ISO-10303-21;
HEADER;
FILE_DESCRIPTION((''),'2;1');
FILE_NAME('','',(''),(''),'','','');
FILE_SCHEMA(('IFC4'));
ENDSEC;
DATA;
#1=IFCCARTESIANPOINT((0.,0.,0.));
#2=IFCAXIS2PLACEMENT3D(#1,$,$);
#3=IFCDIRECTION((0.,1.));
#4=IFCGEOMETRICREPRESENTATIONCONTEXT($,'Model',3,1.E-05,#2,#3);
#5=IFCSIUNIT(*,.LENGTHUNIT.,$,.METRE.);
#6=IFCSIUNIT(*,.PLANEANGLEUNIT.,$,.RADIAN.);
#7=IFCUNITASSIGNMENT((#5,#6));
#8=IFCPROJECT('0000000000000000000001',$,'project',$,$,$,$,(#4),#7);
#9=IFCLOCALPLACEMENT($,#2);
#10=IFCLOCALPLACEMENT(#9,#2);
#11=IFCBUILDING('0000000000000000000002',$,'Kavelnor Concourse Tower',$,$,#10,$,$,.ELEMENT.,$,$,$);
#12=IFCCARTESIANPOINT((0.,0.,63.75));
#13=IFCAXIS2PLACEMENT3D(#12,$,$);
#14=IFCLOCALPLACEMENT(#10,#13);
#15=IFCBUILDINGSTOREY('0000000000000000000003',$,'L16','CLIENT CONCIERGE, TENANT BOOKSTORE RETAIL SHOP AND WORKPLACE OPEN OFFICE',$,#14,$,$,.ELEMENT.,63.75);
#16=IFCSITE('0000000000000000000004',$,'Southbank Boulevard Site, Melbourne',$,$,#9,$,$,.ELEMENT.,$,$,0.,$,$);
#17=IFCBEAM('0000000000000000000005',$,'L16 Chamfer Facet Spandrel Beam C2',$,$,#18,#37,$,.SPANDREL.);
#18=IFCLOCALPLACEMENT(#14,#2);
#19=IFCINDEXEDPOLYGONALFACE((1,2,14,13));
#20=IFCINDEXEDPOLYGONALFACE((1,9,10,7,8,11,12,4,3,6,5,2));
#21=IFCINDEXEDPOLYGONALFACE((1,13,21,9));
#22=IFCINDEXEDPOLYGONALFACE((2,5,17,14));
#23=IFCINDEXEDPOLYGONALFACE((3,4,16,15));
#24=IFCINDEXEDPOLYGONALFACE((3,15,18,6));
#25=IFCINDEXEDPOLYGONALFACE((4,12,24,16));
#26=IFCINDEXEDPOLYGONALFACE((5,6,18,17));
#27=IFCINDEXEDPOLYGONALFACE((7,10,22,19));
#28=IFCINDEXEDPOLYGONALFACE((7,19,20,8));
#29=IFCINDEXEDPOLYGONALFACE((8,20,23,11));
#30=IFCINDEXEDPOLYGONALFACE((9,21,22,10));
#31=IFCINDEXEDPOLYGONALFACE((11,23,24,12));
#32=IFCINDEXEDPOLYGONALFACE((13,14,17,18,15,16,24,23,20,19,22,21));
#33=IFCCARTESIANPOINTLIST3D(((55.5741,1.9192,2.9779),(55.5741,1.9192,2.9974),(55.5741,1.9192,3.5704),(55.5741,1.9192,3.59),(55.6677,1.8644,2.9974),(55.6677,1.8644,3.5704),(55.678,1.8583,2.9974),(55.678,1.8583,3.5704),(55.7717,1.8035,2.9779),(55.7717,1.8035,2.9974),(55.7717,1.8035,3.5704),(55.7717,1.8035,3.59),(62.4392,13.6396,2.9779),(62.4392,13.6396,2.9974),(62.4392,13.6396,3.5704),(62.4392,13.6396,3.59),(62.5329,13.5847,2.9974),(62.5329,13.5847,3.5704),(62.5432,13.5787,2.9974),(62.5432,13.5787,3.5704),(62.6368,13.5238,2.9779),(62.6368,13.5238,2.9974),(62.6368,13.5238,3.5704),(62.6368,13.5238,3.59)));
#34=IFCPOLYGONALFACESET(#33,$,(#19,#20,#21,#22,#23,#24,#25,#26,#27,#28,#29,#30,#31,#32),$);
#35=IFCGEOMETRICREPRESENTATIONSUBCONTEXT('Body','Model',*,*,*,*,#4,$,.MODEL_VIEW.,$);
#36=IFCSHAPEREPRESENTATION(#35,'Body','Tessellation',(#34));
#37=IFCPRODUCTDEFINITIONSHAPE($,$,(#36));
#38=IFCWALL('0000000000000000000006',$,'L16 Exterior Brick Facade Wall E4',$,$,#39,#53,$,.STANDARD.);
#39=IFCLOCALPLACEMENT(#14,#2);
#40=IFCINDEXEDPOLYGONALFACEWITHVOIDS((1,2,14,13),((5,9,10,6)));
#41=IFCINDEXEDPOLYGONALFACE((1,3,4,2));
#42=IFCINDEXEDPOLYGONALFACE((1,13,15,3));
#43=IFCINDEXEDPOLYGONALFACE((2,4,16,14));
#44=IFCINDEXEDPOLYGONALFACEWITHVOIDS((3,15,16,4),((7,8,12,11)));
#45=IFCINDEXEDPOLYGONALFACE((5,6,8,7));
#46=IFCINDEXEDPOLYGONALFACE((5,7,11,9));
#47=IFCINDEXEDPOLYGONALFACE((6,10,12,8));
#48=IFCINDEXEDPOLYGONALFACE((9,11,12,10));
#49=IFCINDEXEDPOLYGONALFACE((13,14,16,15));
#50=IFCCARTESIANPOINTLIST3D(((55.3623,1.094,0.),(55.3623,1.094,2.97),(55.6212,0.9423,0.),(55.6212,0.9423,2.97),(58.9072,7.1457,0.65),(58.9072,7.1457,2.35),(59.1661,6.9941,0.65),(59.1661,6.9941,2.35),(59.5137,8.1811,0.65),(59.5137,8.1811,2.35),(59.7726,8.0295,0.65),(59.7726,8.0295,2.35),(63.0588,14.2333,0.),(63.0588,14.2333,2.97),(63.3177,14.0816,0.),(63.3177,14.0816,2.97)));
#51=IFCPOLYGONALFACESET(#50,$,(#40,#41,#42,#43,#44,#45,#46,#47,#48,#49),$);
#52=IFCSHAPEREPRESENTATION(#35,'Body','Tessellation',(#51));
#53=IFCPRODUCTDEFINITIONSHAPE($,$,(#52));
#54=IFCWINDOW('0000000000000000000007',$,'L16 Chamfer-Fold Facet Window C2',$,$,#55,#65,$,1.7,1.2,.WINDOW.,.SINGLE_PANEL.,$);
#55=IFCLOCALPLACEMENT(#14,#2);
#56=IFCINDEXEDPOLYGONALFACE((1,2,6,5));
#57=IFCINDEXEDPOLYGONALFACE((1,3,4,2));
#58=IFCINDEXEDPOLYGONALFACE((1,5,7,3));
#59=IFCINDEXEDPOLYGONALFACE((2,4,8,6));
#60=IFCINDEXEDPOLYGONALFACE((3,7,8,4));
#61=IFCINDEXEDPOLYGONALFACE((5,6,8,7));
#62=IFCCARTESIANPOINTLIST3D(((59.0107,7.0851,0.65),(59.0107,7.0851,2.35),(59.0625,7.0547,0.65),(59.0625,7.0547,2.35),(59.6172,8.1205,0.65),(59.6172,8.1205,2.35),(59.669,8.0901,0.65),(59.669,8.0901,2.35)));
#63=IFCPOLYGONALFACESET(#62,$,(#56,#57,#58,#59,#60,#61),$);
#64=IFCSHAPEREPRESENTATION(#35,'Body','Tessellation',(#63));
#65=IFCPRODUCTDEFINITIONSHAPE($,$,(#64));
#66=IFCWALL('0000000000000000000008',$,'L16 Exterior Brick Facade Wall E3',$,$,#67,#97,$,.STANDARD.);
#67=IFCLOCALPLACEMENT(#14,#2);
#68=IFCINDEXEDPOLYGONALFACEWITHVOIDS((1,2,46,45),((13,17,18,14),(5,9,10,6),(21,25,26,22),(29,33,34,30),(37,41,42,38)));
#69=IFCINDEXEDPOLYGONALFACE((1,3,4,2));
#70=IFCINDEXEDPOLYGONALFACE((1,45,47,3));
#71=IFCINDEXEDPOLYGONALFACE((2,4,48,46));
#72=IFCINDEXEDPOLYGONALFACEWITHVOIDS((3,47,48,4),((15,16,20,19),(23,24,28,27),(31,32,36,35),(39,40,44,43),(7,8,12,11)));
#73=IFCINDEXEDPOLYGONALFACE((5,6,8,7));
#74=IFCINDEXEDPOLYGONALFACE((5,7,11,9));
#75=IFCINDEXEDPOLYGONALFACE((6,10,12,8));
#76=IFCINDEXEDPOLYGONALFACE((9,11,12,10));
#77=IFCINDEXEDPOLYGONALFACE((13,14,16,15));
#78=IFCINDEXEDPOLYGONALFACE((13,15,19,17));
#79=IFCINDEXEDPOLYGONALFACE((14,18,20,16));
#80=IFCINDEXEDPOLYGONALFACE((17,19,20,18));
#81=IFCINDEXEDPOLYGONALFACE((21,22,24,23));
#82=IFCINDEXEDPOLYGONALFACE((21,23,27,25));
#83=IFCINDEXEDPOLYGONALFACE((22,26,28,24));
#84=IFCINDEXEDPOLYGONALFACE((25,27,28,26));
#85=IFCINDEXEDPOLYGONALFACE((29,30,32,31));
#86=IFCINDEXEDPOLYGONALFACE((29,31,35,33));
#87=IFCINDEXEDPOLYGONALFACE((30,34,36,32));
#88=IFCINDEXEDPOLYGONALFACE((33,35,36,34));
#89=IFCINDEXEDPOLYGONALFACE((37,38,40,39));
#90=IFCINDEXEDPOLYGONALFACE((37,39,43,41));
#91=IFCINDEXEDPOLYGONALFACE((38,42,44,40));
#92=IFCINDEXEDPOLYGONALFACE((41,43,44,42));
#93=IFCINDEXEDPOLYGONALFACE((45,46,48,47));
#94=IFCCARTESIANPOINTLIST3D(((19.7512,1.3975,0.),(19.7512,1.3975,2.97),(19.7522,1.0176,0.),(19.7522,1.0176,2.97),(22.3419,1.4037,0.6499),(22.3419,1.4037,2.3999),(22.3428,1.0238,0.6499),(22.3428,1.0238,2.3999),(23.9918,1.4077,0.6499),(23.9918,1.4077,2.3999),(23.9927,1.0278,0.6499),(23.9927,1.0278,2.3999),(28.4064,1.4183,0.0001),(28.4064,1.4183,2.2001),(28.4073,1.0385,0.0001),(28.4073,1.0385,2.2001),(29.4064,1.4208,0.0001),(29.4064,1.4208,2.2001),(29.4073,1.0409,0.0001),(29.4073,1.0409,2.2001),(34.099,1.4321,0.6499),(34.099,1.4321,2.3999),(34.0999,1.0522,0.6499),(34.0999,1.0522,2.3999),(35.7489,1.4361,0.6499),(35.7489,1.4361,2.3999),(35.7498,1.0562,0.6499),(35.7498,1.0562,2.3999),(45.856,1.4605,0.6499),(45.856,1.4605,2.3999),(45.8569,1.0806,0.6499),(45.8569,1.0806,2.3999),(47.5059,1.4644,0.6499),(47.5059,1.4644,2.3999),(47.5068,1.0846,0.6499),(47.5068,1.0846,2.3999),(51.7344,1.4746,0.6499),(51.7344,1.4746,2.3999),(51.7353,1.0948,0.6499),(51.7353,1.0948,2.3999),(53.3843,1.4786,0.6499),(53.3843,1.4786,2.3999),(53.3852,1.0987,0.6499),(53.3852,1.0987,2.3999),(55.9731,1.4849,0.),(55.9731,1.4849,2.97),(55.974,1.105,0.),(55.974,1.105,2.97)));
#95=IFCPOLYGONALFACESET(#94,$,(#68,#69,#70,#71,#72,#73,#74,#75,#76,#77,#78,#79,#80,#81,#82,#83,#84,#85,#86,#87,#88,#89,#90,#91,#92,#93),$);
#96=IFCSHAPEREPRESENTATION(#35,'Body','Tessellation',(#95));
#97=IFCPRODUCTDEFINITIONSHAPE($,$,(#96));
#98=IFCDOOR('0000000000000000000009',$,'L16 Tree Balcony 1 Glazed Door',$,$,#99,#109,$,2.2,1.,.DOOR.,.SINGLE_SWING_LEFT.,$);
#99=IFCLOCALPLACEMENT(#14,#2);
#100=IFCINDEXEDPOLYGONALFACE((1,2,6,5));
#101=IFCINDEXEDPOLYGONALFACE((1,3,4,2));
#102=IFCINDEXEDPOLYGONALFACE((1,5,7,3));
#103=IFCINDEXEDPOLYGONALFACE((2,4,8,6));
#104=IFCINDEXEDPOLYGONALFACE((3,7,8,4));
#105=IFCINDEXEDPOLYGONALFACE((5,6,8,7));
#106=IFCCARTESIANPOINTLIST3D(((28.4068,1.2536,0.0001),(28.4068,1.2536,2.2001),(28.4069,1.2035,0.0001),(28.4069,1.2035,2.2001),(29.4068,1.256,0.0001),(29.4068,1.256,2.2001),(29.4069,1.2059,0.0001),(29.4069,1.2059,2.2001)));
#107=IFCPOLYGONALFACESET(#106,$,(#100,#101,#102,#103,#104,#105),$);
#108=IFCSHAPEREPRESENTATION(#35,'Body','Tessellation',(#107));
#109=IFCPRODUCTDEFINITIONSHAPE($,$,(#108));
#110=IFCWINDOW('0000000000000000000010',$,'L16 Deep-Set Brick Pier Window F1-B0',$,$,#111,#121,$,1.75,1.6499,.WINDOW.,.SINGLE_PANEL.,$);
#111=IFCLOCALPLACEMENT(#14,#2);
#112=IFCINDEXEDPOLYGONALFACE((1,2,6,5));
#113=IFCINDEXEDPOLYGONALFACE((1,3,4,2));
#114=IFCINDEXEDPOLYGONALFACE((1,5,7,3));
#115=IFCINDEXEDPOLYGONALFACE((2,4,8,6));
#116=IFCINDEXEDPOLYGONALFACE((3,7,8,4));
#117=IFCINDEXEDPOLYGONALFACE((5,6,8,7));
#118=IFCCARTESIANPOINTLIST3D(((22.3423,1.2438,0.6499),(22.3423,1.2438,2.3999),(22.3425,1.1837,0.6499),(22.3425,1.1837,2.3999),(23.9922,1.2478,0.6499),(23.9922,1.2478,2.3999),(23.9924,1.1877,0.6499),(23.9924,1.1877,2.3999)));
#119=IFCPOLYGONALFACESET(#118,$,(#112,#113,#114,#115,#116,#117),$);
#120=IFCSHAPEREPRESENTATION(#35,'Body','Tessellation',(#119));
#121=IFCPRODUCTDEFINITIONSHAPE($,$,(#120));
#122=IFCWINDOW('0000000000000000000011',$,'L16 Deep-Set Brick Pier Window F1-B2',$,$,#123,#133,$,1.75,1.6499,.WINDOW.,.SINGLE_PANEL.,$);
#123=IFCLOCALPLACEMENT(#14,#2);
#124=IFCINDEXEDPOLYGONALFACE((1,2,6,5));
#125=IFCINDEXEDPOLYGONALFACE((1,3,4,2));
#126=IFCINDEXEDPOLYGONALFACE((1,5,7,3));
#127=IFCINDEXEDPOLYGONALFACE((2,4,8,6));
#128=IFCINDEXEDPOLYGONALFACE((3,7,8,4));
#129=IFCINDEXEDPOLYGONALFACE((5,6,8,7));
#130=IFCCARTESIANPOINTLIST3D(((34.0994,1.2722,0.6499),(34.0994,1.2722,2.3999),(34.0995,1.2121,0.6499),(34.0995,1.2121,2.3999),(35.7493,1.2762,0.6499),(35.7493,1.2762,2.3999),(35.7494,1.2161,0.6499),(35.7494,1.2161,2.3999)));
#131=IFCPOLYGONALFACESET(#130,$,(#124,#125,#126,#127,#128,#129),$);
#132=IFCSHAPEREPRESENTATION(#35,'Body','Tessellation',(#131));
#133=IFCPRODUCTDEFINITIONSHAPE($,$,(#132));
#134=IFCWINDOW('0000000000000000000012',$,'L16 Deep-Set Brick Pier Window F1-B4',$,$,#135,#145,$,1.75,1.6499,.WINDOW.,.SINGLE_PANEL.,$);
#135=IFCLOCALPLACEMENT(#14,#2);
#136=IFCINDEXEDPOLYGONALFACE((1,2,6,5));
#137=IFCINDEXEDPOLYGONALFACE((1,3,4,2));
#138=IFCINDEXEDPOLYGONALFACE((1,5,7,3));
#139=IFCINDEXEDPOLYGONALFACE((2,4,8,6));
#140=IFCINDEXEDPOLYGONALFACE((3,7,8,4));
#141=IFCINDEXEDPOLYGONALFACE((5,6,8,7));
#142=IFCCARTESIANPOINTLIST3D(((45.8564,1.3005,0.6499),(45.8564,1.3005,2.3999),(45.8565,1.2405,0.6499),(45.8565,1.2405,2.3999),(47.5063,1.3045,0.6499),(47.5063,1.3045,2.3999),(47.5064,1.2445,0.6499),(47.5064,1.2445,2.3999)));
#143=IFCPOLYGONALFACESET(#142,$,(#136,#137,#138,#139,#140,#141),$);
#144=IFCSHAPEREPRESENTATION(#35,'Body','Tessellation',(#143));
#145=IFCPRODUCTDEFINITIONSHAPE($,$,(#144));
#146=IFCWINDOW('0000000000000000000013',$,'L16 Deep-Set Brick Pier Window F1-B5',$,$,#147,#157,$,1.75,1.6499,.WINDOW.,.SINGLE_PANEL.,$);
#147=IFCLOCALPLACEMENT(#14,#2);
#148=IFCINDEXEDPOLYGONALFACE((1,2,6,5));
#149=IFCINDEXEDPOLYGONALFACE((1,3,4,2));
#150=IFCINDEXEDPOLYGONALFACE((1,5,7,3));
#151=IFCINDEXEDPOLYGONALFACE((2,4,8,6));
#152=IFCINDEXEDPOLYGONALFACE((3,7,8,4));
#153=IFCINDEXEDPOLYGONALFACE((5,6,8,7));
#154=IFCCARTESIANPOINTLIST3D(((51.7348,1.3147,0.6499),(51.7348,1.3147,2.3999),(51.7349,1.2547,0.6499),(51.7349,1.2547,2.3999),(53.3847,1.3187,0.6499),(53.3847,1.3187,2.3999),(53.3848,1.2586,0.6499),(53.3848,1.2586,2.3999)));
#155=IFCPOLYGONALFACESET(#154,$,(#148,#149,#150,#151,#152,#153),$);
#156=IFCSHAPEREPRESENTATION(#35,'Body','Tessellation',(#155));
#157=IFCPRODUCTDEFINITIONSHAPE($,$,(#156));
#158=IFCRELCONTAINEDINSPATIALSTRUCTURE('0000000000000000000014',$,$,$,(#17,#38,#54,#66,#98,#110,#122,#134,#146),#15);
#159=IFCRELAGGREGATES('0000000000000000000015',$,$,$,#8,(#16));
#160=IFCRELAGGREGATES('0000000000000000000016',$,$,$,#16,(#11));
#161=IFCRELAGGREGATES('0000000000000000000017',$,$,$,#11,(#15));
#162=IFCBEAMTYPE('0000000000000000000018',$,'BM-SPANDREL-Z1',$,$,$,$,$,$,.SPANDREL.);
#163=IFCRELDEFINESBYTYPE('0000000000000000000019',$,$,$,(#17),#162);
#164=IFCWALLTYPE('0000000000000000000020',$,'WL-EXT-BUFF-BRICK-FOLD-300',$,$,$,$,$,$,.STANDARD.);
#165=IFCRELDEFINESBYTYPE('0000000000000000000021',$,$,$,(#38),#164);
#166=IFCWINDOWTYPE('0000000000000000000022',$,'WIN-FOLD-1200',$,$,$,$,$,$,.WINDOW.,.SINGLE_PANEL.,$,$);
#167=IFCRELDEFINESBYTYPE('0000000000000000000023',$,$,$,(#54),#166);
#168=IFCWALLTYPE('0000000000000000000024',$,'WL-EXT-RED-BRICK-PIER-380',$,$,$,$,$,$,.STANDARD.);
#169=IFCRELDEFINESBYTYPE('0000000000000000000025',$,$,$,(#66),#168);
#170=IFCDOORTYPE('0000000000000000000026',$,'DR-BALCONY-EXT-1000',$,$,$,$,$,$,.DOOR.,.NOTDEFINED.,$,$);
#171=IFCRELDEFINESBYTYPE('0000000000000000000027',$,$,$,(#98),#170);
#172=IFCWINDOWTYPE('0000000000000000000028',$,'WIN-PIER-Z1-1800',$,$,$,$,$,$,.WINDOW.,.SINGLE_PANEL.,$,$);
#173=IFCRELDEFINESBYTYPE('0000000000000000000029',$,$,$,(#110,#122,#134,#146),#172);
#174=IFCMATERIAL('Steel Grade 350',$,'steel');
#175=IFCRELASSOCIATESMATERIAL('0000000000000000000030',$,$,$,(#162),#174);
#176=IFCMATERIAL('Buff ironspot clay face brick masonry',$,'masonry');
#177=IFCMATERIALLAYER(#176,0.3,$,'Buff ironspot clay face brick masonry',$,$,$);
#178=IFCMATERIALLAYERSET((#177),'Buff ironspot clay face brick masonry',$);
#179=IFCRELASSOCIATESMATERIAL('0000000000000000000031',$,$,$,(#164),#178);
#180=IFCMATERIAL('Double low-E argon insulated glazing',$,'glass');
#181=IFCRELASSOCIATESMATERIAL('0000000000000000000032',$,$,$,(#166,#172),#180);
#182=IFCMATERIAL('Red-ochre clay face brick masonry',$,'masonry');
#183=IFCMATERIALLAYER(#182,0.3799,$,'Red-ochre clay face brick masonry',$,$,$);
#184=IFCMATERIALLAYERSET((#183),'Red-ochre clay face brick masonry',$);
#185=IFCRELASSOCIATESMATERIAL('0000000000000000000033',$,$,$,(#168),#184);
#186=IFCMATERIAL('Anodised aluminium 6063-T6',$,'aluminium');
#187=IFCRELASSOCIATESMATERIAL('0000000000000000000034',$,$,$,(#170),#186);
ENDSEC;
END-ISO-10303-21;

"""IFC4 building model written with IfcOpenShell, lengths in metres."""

from ifc_helpers import new_model, si_unit, direction, frame, frame_2d, origin, origin_2d, place, context, subcontext, project, spatial, rectangle, i_section, extrude, material, layer, layer_set, material_profile, profile_set, type_object, element, fill, save


model = new_model("IFC4")

# Units and contexts
model_context = context("Model", 3, precision=1e-05, world=origin(), true_north=direction((0.0, 1.0)))
body_context = subcontext(model_context, "Body", "Model", "MODEL_VIEW")
ifc_project = project(units=[si_unit("LENGTHUNIT", "METRE"), si_unit("PLANEANGLEUNIT", "RADIAN")], contexts=[model_context])

# Site, building, storey
site_placement = place(None, origin())
site = spatial("IfcSite", under=ifc_project, at=site_placement, Name="Southbank Boulevard Site, Melbourne", CompositionType="ELEMENT", RefElevation=0.0)
building_placement = place(site_placement, origin())
building = spatial("IfcBuilding", under=site, at=building_placement, Name="Kavelnor Concourse Tower", CompositionType="ELEMENT")
storey_placement = place(building_placement, frame((0.0, 0.0, 63.75)))
storey = spatial("IfcBuildingStorey", under=building, at=storey_placement, Name="L16", Description="CLIENT CONCIERGE, TENANT BOOKSTORE RETAIL SHOP AND WORKPLACE OPEN OFFICE", CompositionType="ELEMENT", Elevation=63.75)

# Shared definitions
ifc_material_1 = material(Name="Steel Grade 350", Category="steel")

# Beam
ifc_material_profile_1 = material_profile(ifc_material_1, i_section(OverallWidth=0.229, OverallDepth=0.6121, WebThickness=0.012, FlangeThickness=0.0195, at=origin_2d()), Name="610UB125")
ifc_profile_set_1 = profile_set([ifc_material_profile_1], Name="Steel Grade 350")
beam_type_1 = type_object("IfcBeamType", Name="BM-SPANDREL-Z1", PredefinedType="SPANDREL", material=ifc_profile_set_1)
beam_1_placement = place(storey_placement, frame((55.6729, 1.8613, 3.2839), z_axis=(0.505425, 0.862871, 0.0), x_axis=(-0.862871, 0.505425, 0.0)))
element("IfcBeam", 1, at=beam_1_placement, inside=storey, type_object=beam_type_1, Name="L16 Chamfer Facet Spandrel Beam C2", PredefinedType="SPANDREL", context=body_context, shape_type="SweptSolid", body=[
    extrude(i_section(OverallWidth=0.229, OverallDepth=0.6121, WebThickness=0.012, FlangeThickness=0.0195, at=origin_2d()), origin(), (0.0, 0.0, 1.0), 13.583),
])

# Wall, opening, window
ifc_material_2 = material(Name="Buff ironspot clay face brick masonry", Category="masonry")
ifc_layer_1 = layer(ifc_material_2, 0.3, Name="Buff ironspot clay face brick masonry")
ifc_layer_set_1 = layer_set([ifc_layer_1], Name="Buff ironspot clay face brick masonry")
wall_type_1 = type_object("IfcWallType", Name="WL-EXT-BUFF-BRICK-FOLD-300", PredefinedType="STANDARD", material=ifc_layer_set_1)
wall_1_placement = place(storey_placement, frame((63.1882, 14.1575, 0.0), z_axis=(0.0, 0.0, 1.0), x_axis=(-0.505432, -0.862866, 0.0)))
wall_1 = element("IfcWall", 2, at=wall_1_placement, inside=storey, type_object=wall_type_1, Name="L16 Exterior Brick Facade Wall E4", PredefinedType="STANDARD", context=body_context, shape_type="SweptSolid", body=[
    extrude(rectangle(XDim=15.2275, YDim=0.3, at=frame_2d((7.6138, 0.0))), origin(), (0.0, 0.0, 1.0), 2.97),
])
opening_1_placement = place(wall_1_placement, frame((7.0139, 0.0, 0.6499)))
opening_1 = element("IfcOpeningElement", 3, at=opening_1_placement, cuts=wall_1, PredefinedType="OPENING", context=body_context, shape_type="SweptSolid", body=[
    extrude(rectangle(XDim=1.2, YDim=1.7, at=frame_2d((0.6001, 0.8501))), frame((0.0, 0.1602, 0.0), z_axis=(0.0, -1.0, 0.0), x_axis=(1.0, 0.0, 0.0)), (0.0, 0.0, 1.0), 0.3201),
])
ifc_material_3 = material(Name="Double low-E argon insulated glazing", Category="glass")
window_type_1 = type_object("IfcWindowType", Name="WIN-FOLD-1200", PartitioningType="SINGLE_PANEL", PredefinedType="WINDOW", material=ifc_material_3)
window_1_placement = place(opening_1_placement, origin())
window_1 = element("IfcWindow", 4, at=window_1_placement, inside=storey, type_object=window_type_1, Name="L16 Chamfer-Fold Facet Window C2", OverallHeight=1.7, OverallWidth=1.2, PartitioningType="SINGLE_PANEL", PredefinedType="WINDOW", context=body_context, shape_type="SweptSolid", body=[
    extrude(rectangle(XDim=1.2, YDim=1.7, at=frame_2d((0.6001, 0.8501))), frame((0.0, 0.03, 0.0), z_axis=(0.0, -1.0, 0.0), x_axis=(1.0, 0.0, 0.0)), (0.0, 0.0, 1.0), 0.0601),
])
fill(opening_1, window_1)

# Wall, openings, door, windows
ifc_material_4 = material(Name="Red-ochre clay face brick masonry", Category="masonry")
ifc_layer_2 = layer(ifc_material_4, 0.3799, Name="Red-ochre clay face brick masonry")
ifc_layer_set_2 = layer_set([ifc_layer_2], Name="Red-ochre clay face brick masonry")
wall_type_2 = type_object("IfcWallType", Name="WL-EXT-RED-BRICK-PIER-380", PredefinedType="STANDARD", material=ifc_layer_set_2)
wall_2_placement = place(storey_placement, frame((55.9734, 1.2949, 0.0), z_axis=(0.0, 0.0, 1.0), x_axis=(-0.999997, -0.002413, 0.0)))
wall_2 = element("IfcWall", 5, at=wall_2_placement, inside=storey, type_object=wall_type_2, Name="L16 Exterior Brick Facade Wall E3", PredefinedType="STANDARD", context=body_context, shape_type="SweptSolid", body=[
    extrude(rectangle(XDim=36.2219, YDim=0.3799, at=frame_2d((18.1108, 0.0))), origin(), (0.0, 0.0, 1.0), 2.97),
])
opening_2_placement = place(wall_2_placement, frame((26.5667, 0.0, 0.0)))
opening_2 = element("IfcOpeningElement", 6, at=opening_2_placement, cuts=wall_2, PredefinedType="OPENING", context=body_context, shape_type="SweptSolid", body=[
    extrude(rectangle(XDim=1.0, YDim=2.2, at=frame_2d((0.5, 1.1001))), frame((0.0, 0.2, 0.0), z_axis=(0.0, -1.0, 0.0), x_axis=(1.0, 0.0, 0.0)), (0.0, 0.0, 1.0), 0.3999),
])
opening_3_placement = place(wall_2_placement, frame((31.9812, 0.0, 0.6499)))
opening_3 = element("IfcOpeningElement", 7, at=opening_3_placement, cuts=wall_2, PredefinedType="OPENING", context=body_context, shape_type="SweptSolid", body=[
    extrude(rectangle(XDim=1.6499, YDim=1.75, at=frame_2d((0.825, 0.875))), frame((0.0, 0.2, 0.0), z_axis=(0.0, -1.0, 0.0), x_axis=(1.0, 0.0, 0.0)), (0.0, 0.0, 1.0), 0.3999),
])
opening_4_placement = place(wall_2_placement, frame((20.2241, 0.0, 0.6499)))
opening_4 = element("IfcOpeningElement", 8, at=opening_4_placement, cuts=wall_2, PredefinedType="OPENING", context=body_context, shape_type="SweptSolid", body=[
    extrude(rectangle(XDim=1.6499, YDim=1.75, at=frame_2d((0.825, 0.875))), frame((0.0, 0.2, 0.0), z_axis=(0.0, -1.0, 0.0), x_axis=(1.0, 0.0, 0.0)), (0.0, 0.0, 1.0), 0.3999),
])
opening_5_placement = place(wall_2_placement, frame((8.467, 0.0, 0.6499)))
opening_5 = element("IfcOpeningElement", 9, at=opening_5_placement, cuts=wall_2, PredefinedType="OPENING", context=body_context, shape_type="SweptSolid", body=[
    extrude(rectangle(XDim=1.6499, YDim=1.75, at=frame_2d((0.825, 0.875))), frame((0.0, 0.2, 0.0), z_axis=(0.0, -1.0, 0.0), x_axis=(1.0, 0.0, 0.0)), (0.0, 0.0, 1.0), 0.3999),
])
opening_6_placement = place(wall_2_placement, frame((2.5886, 0.0, 0.6499)))
opening_6 = element("IfcOpeningElement", 10, at=opening_6_placement, cuts=wall_2, PredefinedType="OPENING", context=body_context, shape_type="SweptSolid", body=[
    extrude(rectangle(XDim=1.6499, YDim=1.75, at=frame_2d((0.825, 0.875))), frame((0.0, 0.2, 0.0), z_axis=(0.0, -1.0, 0.0), x_axis=(1.0, 0.0, 0.0)), (0.0, 0.0, 1.0), 0.3999),
])
ifc_material_5 = material(Name="Anodised aluminium 6063-T6", Category="aluminium")
door_type_1 = type_object("IfcDoorType", Name="DR-BALCONY-EXT-1000", OperationType="NOTDEFINED", PredefinedType="DOOR", material=ifc_material_5)
door_1_placement = place(opening_2_placement, origin())
door_1 = element("IfcDoor", 11, at=door_1_placement, inside=storey, type_object=door_type_1, Name="L16 Tree Balcony 1 Glazed Door", OperationType="SINGLE_SWING_LEFT", OverallHeight=2.2, OverallWidth=1.0, PredefinedType="DOOR", context=body_context, shape_type="SweptSolid", body=[
    extrude(rectangle(XDim=1.0, YDim=2.2, at=frame_2d((0.5, 1.1001))), frame((0.0, 0.0249, 0.0), z_axis=(0.0, -1.0, 0.0), x_axis=(1.0, 0.0, 0.0)), (0.0, 0.0, 1.0), 0.05),
])
fill(opening_2, door_1)
window_type_2 = type_object("IfcWindowType", Name="WIN-PIER-Z1-1800", PartitioningType="SINGLE_PANEL", PredefinedType="WINDOW", material=ifc_material_3)
window_2_placement = place(opening_3_placement, origin())
window_2 = element("IfcWindow", 12, at=window_2_placement, inside=storey, type_object=window_type_2, Name="L16 Deep-Set Brick Pier Window F1-B0", OverallHeight=1.75, OverallWidth=1.6499, PartitioningType="SINGLE_PANEL", PredefinedType="WINDOW", context=body_context, shape_type="SweptSolid", body=[
    extrude(rectangle(XDim=1.6499, YDim=1.75, at=frame_2d((0.825, 0.875))), frame((0.0, 0.03, 0.0), z_axis=(0.0, -1.0, 0.0), x_axis=(1.0, 0.0, 0.0)), (0.0, 0.0, 1.0), 0.0601),
])
fill(opening_3, window_2)
window_3_placement = place(opening_4_placement, origin())
window_3 = element("IfcWindow", 13, at=window_3_placement, inside=storey, type_object=window_type_2, Name="L16 Deep-Set Brick Pier Window F1-B2", OverallHeight=1.75, OverallWidth=1.6499, PartitioningType="SINGLE_PANEL", PredefinedType="WINDOW", context=body_context, shape_type="SweptSolid", body=[
    extrude(rectangle(XDim=1.6499, YDim=1.75, at=frame_2d((0.825, 0.875))), frame((0.0, 0.03, 0.0), z_axis=(0.0, -1.0, 0.0), x_axis=(1.0, 0.0, 0.0)), (0.0, 0.0, 1.0), 0.0601),
])
fill(opening_4, window_3)
window_4_placement = place(opening_5_placement, origin())
window_4 = element("IfcWindow", 14, at=window_4_placement, inside=storey, type_object=window_type_2, Name="L16 Deep-Set Brick Pier Window F1-B4", OverallHeight=1.75, OverallWidth=1.6499, PartitioningType="SINGLE_PANEL", PredefinedType="WINDOW", context=body_context, shape_type="SweptSolid", body=[
    extrude(rectangle(XDim=1.6499, YDim=1.75, at=frame_2d((0.825, 0.875))), frame((0.0, 0.03, 0.0), z_axis=(0.0, -1.0, 0.0), x_axis=(1.0, 0.0, 0.0)), (0.0, 0.0, 1.0), 0.0601),
])
fill(opening_5, window_4)
window_5_placement = place(opening_6_placement, origin())
window_5 = element("IfcWindow", 15, at=window_5_placement, inside=storey, type_object=window_type_2, Name="L16 Deep-Set Brick Pier Window F1-B5", OverallHeight=1.75, OverallWidth=1.6499, PartitioningType="SINGLE_PANEL", PredefinedType="WINDOW", context=body_context, shape_type="SweptSolid", body=[
    extrude(rectangle(XDim=1.6499, YDim=1.75, at=frame_2d((0.825, 0.875))), frame((0.0, 0.03, 0.0), z_axis=(0.0, -1.0, 0.0), x_axis=(1.0, 0.0, 0.0)), (0.0, 0.0, 1.0), 0.0601),
])
fill(opening_6, window_5)

save(model, "model.ifc")
